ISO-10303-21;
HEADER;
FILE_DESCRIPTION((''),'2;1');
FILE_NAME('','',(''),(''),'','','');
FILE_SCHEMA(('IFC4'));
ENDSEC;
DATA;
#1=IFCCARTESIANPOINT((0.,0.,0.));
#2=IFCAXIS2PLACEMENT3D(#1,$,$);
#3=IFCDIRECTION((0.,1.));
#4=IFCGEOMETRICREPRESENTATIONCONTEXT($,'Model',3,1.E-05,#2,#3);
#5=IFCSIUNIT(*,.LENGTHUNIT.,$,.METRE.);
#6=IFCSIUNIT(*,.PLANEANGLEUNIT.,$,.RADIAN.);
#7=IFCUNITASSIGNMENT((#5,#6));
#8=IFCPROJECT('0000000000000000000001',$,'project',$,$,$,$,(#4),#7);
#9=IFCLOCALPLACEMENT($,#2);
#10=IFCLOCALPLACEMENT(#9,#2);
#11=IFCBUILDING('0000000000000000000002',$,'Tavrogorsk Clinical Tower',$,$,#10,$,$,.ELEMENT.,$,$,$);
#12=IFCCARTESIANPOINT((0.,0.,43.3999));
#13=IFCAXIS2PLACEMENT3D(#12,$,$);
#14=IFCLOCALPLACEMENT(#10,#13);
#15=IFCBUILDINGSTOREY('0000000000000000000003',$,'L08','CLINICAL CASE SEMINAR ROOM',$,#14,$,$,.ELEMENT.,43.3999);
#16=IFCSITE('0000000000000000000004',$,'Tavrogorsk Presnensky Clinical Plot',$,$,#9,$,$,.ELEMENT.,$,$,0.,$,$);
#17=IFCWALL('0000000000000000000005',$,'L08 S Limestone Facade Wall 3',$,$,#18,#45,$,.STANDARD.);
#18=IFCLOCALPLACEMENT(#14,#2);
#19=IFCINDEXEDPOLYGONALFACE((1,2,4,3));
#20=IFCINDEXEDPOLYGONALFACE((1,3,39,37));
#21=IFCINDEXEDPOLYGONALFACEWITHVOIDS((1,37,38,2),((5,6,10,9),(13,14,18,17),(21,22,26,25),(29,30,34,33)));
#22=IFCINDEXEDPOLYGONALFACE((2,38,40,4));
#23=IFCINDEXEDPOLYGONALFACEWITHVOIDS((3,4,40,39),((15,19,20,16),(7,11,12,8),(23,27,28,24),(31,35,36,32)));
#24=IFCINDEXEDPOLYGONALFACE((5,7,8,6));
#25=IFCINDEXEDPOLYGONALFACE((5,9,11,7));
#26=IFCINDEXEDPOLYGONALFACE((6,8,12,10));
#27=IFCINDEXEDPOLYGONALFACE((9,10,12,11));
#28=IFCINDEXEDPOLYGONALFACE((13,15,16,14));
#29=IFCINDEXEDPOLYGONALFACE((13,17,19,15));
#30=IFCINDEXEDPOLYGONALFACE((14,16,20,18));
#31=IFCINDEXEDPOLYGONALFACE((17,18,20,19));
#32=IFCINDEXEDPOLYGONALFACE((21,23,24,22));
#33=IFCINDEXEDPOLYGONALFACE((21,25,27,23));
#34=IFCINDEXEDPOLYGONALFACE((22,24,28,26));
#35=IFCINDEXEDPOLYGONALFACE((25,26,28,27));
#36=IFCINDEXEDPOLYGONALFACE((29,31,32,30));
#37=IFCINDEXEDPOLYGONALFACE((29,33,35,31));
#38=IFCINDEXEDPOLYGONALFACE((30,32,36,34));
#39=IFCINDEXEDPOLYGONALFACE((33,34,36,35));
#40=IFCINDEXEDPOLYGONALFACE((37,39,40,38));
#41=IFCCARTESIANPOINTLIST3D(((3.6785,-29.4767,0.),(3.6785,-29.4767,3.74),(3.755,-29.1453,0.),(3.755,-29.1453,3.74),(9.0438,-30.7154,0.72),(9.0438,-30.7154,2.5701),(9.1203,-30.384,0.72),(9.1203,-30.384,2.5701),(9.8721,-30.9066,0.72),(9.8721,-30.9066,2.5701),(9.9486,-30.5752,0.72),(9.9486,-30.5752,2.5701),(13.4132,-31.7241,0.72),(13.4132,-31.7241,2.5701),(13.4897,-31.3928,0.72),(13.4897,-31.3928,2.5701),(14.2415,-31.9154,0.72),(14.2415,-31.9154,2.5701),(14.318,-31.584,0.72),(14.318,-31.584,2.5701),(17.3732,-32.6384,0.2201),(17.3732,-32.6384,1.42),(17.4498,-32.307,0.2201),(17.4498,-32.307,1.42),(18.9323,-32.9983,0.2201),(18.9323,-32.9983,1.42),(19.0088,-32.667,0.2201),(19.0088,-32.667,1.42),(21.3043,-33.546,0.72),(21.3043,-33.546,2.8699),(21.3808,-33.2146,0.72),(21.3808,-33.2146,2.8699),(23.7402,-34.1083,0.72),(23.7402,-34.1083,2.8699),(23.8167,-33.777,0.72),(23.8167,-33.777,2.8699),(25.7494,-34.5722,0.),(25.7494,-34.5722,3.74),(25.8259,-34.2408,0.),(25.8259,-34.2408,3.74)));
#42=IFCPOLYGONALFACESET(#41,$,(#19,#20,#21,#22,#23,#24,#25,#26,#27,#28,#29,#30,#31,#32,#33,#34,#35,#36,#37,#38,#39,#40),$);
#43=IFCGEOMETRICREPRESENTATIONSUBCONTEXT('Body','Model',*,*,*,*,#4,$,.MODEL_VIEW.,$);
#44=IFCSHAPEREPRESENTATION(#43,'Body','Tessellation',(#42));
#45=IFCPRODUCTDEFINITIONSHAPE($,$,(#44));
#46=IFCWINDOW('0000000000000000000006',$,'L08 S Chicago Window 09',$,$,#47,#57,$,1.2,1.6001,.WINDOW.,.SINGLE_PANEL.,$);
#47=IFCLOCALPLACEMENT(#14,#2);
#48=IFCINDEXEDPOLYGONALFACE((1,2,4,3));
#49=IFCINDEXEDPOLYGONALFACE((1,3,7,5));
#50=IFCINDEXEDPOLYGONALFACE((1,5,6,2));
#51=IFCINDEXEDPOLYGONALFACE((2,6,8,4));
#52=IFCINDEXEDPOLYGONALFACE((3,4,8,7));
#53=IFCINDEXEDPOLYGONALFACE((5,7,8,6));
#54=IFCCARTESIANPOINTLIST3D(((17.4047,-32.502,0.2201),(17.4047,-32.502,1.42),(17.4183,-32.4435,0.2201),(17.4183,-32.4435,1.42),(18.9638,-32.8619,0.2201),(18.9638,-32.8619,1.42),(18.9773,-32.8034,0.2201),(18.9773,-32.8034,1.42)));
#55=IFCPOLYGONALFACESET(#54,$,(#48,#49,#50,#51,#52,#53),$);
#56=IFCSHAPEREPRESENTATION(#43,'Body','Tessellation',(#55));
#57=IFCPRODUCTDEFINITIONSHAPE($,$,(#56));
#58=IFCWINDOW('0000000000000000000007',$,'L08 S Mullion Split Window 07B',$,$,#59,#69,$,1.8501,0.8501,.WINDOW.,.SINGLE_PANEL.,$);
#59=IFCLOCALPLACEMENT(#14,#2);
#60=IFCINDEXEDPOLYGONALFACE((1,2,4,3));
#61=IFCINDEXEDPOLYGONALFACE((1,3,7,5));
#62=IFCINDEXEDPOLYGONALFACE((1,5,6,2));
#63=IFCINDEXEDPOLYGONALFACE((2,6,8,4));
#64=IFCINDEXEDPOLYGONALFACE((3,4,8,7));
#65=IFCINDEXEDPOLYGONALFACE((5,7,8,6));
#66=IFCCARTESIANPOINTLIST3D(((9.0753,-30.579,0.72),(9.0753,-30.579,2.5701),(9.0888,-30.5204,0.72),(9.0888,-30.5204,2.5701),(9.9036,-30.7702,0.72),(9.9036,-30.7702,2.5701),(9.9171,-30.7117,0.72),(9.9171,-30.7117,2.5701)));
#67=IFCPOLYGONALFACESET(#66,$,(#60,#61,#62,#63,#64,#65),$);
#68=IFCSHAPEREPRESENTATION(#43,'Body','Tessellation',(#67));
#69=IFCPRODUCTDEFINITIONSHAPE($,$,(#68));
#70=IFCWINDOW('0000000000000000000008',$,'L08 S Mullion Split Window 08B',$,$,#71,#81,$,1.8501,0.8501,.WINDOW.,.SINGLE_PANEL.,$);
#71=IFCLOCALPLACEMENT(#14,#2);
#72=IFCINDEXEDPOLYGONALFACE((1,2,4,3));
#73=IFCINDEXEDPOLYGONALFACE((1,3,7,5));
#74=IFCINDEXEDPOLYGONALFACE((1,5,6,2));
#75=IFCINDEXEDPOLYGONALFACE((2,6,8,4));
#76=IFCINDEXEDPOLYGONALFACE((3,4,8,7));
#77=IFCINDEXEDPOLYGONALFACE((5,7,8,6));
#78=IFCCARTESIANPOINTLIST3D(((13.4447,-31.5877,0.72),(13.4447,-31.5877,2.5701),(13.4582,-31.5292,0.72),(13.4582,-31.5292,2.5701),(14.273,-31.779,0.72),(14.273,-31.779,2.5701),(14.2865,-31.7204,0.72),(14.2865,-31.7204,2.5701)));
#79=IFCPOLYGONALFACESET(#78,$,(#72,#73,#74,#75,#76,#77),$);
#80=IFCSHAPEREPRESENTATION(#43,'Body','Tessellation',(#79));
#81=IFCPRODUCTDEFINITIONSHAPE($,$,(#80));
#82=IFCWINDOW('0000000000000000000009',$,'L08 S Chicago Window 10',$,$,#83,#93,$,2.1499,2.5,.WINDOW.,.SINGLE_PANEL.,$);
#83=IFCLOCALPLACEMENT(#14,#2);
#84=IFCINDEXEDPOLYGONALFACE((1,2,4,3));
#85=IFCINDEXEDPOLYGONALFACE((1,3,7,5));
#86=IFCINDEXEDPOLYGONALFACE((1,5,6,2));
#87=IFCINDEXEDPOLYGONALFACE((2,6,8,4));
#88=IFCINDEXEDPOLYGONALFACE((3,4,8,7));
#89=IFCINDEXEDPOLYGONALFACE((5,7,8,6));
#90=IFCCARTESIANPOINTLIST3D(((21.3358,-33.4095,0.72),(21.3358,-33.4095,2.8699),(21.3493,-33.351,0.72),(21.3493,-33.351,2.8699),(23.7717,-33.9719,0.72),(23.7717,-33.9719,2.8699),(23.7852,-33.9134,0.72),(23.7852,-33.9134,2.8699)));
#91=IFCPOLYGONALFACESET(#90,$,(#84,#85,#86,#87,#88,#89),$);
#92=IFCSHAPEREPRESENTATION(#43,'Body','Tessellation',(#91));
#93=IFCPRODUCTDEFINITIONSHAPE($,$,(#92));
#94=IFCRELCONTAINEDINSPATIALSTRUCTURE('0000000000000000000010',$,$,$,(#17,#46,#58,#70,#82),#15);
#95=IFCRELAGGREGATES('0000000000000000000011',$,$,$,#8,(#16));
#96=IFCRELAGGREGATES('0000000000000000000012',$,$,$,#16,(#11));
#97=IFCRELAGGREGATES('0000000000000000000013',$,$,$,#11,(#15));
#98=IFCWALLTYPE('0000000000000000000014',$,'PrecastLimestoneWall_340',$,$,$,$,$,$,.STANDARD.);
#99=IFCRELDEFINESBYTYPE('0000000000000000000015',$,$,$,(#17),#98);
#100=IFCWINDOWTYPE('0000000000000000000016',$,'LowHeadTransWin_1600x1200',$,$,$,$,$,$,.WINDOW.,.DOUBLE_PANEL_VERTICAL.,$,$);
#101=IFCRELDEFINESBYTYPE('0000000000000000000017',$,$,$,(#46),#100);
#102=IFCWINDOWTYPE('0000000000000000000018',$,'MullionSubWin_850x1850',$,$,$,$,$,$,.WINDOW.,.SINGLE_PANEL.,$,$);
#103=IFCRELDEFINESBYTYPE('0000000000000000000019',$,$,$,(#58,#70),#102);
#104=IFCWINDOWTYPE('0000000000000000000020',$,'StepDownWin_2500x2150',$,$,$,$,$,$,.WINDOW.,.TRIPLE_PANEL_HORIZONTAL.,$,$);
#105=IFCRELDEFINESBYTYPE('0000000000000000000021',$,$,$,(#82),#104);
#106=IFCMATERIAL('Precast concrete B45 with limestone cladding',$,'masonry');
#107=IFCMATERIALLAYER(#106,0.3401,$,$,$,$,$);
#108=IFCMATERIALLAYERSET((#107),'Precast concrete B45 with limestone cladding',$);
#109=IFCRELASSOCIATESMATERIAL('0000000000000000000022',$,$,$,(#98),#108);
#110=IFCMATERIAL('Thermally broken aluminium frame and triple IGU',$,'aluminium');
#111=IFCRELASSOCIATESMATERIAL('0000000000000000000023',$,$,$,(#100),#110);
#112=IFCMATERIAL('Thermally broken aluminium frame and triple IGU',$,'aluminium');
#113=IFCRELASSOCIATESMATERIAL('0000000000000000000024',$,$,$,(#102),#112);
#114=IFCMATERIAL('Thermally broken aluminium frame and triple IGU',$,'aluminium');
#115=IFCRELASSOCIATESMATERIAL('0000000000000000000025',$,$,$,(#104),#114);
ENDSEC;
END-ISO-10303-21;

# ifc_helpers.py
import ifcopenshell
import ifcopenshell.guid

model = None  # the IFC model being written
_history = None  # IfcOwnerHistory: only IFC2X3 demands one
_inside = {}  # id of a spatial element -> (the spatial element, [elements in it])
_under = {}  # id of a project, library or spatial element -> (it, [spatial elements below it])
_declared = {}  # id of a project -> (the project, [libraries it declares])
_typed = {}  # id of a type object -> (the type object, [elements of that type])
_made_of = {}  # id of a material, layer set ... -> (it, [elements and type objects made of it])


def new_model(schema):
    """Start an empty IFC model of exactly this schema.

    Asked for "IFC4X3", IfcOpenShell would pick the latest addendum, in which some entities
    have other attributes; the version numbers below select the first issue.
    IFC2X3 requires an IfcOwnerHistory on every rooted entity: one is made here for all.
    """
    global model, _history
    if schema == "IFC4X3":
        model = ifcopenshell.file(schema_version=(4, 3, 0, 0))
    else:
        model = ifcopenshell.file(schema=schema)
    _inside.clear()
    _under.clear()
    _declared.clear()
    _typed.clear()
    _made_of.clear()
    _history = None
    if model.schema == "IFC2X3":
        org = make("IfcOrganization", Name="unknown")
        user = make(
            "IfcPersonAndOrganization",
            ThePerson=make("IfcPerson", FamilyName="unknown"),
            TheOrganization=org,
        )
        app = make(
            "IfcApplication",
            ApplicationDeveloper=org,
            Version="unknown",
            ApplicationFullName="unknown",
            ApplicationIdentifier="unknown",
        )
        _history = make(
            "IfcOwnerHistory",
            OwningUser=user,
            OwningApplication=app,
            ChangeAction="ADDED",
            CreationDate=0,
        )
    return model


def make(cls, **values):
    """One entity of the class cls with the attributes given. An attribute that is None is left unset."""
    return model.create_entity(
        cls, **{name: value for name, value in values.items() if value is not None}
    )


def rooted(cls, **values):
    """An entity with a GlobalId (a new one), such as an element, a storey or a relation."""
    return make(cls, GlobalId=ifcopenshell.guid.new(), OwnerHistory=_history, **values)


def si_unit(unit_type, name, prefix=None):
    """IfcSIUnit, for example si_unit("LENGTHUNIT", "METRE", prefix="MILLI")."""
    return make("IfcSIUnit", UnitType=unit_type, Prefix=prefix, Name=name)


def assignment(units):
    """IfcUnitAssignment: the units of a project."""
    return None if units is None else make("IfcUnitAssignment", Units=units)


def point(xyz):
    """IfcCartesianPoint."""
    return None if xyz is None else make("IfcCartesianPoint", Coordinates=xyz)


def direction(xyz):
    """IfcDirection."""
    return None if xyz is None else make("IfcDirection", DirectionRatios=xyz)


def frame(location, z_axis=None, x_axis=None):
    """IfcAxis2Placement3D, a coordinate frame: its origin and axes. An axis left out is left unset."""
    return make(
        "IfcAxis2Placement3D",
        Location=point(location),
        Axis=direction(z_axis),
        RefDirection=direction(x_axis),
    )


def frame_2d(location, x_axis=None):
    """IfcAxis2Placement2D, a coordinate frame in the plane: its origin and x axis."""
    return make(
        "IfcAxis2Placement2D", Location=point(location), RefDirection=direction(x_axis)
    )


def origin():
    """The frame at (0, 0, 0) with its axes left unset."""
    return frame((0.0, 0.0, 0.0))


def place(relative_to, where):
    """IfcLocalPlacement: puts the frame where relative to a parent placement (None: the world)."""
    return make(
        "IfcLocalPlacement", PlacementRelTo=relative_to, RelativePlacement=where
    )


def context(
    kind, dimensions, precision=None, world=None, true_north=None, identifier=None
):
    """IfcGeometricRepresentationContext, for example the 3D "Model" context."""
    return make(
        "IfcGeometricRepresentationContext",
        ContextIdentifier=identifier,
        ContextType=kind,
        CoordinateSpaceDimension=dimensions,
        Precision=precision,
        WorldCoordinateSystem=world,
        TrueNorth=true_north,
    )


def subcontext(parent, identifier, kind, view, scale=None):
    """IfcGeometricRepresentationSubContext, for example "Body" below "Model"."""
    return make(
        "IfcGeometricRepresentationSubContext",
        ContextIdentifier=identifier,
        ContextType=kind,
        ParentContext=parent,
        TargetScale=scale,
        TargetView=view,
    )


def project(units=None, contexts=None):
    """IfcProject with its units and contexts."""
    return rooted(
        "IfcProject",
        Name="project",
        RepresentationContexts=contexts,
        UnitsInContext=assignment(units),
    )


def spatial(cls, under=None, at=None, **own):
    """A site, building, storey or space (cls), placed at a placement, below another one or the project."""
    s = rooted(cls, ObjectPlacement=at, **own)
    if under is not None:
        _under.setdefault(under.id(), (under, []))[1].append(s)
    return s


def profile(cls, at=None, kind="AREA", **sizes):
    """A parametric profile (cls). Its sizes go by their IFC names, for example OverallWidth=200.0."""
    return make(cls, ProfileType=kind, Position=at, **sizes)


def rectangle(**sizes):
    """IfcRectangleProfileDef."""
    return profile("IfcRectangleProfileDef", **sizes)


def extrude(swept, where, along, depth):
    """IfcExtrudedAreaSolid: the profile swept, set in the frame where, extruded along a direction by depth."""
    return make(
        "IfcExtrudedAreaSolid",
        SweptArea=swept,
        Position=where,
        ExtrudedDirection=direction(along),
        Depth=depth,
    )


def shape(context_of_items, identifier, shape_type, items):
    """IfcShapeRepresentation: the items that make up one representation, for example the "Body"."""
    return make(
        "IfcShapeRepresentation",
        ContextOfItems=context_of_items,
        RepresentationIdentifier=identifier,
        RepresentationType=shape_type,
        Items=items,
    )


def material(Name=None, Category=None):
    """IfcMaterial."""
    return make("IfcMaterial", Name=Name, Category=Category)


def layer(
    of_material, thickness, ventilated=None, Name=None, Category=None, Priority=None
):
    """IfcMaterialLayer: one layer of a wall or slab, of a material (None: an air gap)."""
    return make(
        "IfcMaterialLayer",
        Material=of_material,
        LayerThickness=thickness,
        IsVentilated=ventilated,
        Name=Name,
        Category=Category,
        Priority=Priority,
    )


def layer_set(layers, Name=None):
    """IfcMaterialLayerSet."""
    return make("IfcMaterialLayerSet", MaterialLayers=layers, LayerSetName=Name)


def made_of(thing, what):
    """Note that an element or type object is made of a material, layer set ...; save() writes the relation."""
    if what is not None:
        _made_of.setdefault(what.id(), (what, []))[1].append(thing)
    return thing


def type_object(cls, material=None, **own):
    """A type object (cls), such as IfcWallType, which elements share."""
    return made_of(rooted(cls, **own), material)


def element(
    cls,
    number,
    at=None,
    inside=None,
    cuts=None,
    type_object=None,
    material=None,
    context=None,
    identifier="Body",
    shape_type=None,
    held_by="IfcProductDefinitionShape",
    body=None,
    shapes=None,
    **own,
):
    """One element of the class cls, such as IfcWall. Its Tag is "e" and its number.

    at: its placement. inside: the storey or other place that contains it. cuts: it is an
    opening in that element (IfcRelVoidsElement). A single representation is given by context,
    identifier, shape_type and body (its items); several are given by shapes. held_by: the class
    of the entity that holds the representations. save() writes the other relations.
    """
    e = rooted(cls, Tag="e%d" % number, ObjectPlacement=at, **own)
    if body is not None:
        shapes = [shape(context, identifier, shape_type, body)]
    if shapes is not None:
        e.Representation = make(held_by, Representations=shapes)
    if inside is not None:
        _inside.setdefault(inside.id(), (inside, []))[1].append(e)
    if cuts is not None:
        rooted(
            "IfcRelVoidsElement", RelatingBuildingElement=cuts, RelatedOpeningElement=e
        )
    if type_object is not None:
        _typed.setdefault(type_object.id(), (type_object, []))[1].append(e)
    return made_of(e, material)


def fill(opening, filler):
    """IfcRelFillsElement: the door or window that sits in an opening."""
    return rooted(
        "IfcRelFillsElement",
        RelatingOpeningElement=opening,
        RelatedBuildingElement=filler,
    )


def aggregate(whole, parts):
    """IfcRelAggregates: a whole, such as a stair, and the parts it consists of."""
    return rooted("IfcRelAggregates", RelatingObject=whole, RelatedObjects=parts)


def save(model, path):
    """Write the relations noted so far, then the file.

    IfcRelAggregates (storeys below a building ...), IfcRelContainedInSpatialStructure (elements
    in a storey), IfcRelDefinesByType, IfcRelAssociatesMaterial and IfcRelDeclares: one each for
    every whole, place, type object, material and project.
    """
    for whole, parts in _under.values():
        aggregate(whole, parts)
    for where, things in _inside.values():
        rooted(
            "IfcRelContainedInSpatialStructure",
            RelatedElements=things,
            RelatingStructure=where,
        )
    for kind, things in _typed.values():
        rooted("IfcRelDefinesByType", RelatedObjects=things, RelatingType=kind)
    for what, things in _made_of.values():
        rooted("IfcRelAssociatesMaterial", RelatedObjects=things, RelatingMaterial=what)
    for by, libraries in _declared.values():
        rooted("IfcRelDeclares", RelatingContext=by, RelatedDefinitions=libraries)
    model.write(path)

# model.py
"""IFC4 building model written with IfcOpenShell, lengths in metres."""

from ifc_helpers import new_model, si_unit, direction, frame, frame_2d, origin, place, context, subcontext, project, spatial, rectangle, extrude, material, layer, layer_set, type_object, element, fill, save


model = new_model("IFC4")

# Units and contexts
model_context = context("Model", 3, precision=1e-05, world=origin(), true_north=direction((0.0, 1.0)))
body_context = subcontext(model_context, "Body", "Model", "MODEL_VIEW")
ifc_project = project(units=[si_unit("LENGTHUNIT", "METRE"), si_unit("PLANEANGLEUNIT", "RADIAN")], contexts=[model_context])

# Site, building, storey
site_placement = place(None, origin())
site = spatial("IfcSite", under=ifc_project, at=site_placement, Name="Tavrogorsk Presnensky Clinical Plot", CompositionType="ELEMENT", RefElevation=0.0)
building_placement = place(site_placement, origin())
building = spatial("IfcBuilding", under=site, at=building_placement, Name="Tavrogorsk Clinical Tower", CompositionType="ELEMENT")
storey_placement = place(building_placement, frame((0.0, 0.0, 43.3999)))
storey = spatial("IfcBuildingStorey", under=building, at=storey_placement, Name="L08", Description="CLINICAL CASE SEMINAR ROOM", CompositionType="ELEMENT", Elevation=43.3999)

# Wall, openings, windows
ifc_material_1 = material(Name="Precast concrete B45 with limestone cladding", Category="masonry")
ifc_layer_1 = layer(ifc_material_1, 0.3401)
ifc_layer_set_1 = layer_set([ifc_layer_1], Name="Precast concrete B45 with limestone cladding")
wall_type_1 = type_object("IfcWallType", Name="PrecastLimestoneWall_340", PredefinedType="STANDARD", material=ifc_layer_set_1)
wall_1_placement = place(storey_placement, frame((3.7168, -29.311, 0.0), z_axis=(0.0, 0.0, 1.0), x_axis=(0.97437, -0.224952, 0.0)))
wall_1 = element("IfcWall", 1, at=wall_1_placement, inside=storey, type_object=wall_type_1, Name="L08 S Limestone Facade Wall 3", PredefinedType="STANDARD", context=body_context, shape_type="SweptSolid", body=[
    extrude(rectangle(XDim=22.6514, YDim=0.3401, at=frame_2d((11.3257, 0.0))), origin(), (0.0, 0.0, 1.0), 3.74),
])
opening_1_placement = place(wall_1_placement, frame((5.5063, 0.0, 0.72)))
opening_1 = element("IfcOpeningElement", 2, at=opening_1_placement, cuts=wall_1, PredefinedType="OPENING", context=body_context, shape_type="SweptSolid", body=[
    extrude(rectangle(XDim=0.8501, YDim=1.8501, at=frame_2d((0.425, 0.925))), frame((0.0, 0.1799, 0.0), z_axis=(0.0, -1.0, 0.0), x_axis=(1.0, 0.0, 0.0)), (0.0, 0.0, 1.0), 0.3601),
])
opening_2_placement = place(wall_1_placement, frame((9.9907, 0.0, 0.72)))
opening_2 = element("IfcOpeningElement", 3, at=opening_2_placement, cuts=wall_1, PredefinedType="OPENING", context=body_context, shape_type="SweptSolid", body=[
    extrude(rectangle(XDim=0.8501, YDim=1.8501, at=frame_2d((0.425, 0.925))), frame((0.0, 0.1799, 0.0), z_axis=(0.0, -1.0, 0.0), x_axis=(1.0, 0.0, 0.0)), (0.0, 0.0, 1.0), 0.3601),
])
opening_3_placement = place(wall_1_placement, frame((14.0549, 0.0, 0.22)))
opening_3 = element("IfcOpeningElement", 4, at=opening_3_placement, cuts=wall_1, PredefinedType="OPENING", context=body_context, shape_type="SweptSolid", body=[
    extrude(rectangle(XDim=1.6001, YDim=1.2, at=frame_2d((0.8, 0.6001))), frame((0.0, 0.1799, 0.0), z_axis=(0.0, -1.0, 0.0), x_axis=(1.0, 0.0, 0.0)), (0.0, 0.0, 1.0), 0.3601),
])
opening_4_placement = place(wall_1_placement, frame((18.0894, 0.0, 0.72)))
opening_4 = element("IfcOpeningElement", 5, at=opening_4_placement, cuts=wall_1, PredefinedType="OPENING", context=body_context, shape_type="SweptSolid", body=[
    extrude(rectangle(XDim=2.5, YDim=2.1499, at=frame_2d((1.25, 1.075))), frame((0.0, 0.1799, 0.0), z_axis=(0.0, -1.0, 0.0), x_axis=(1.0, 0.0, 0.0)), (0.0, 0.0, 1.0), 0.3601),
])
ifc_material_2 = material(Name="Thermally broken aluminium frame and triple IGU", Category="aluminium")
window_type_1 = type_object("IfcWindowType", Name="LowHeadTransWin_1600x1200", PartitioningType="DOUBLE_PANEL_VERTICAL", PredefinedType="WINDOW", material=ifc_material_2)
window_1_placement = place(opening_3_placement, origin())
window_1 = element("IfcWindow", 6, at=window_1_placement, inside=storey, type_object=window_type_1, Name="L08 S Chicago Window 09", OverallHeight=1.2, OverallWidth=1.6001, PartitioningType="SINGLE_PANEL", PredefinedType="WINDOW", context=body_context, shape_type="SweptSolid", body=[
    extrude(rectangle(XDim=1.6001, YDim=1.2, at=frame_2d((0.8, 0.6001))), frame((0.0, 0.03, 0.0), z_axis=(0.0, -1.0, 0.0), x_axis=(1.0, 0.0, 0.0)), (0.0, 0.0, 1.0), 0.0601),
])
fill(opening_3, window_1)
ifc_material_3 = material(Name="Thermally broken aluminium frame and triple IGU", Category="aluminium")
window_type_2 = type_object("IfcWindowType", Name="MullionSubWin_850x1850", PartitioningType="SINGLE_PANEL", PredefinedType="WINDOW", material=ifc_material_3)
window_2_placement = place(opening_1_placement, origin())
window_2 = element("IfcWindow", 7, at=window_2_placement, inside=storey, type_object=window_type_2, Name="L08 S Mullion Split Window 07B", OverallHeight=1.8501, OverallWidth=0.8501, PartitioningType="SINGLE_PANEL", PredefinedType="WINDOW", context=body_context, shape_type="SweptSolid", body=[
    extrude(rectangle(XDim=0.8501, YDim=1.8501, at=frame_2d((0.425, 0.925))), frame((0.0, 0.03, 0.0), z_axis=(0.0, -1.0, 0.0), x_axis=(1.0, 0.0, 0.0)), (0.0, 0.0, 1.0), 0.0601),
])
fill(opening_1, window_2)
window_3_placement = place(opening_2_placement, origin())
window_3 = element("IfcWindow", 8, at=window_3_placement, inside=storey, type_object=window_type_2, Name="L08 S Mullion Split Window 08B", OverallHeight=1.8501, OverallWidth=0.8501, PartitioningType="SINGLE_PANEL", PredefinedType="WINDOW", context=body_context, shape_type="SweptSolid", body=[
    extrude(rectangle(XDim=0.8501, YDim=1.8501, at=frame_2d((0.425, 0.925))), frame((0.0, 0.03, 0.0), z_axis=(0.0, -1.0, 0.0), x_axis=(1.0, 0.0, 0.0)), (0.0, 0.0, 1.0), 0.0601),
])
fill(opening_2, window_3)
ifc_material_4 = material(Name="Thermally broken aluminium frame and triple IGU", Category="aluminium")
window_type_3 = type_object("IfcWindowType", Name="StepDownWin_2500x2150", PartitioningType="TRIPLE_PANEL_HORIZONTAL", PredefinedType="WINDOW", material=ifc_material_4)
window_4_placement = place(opening_4_placement, origin())
window_4 = element("IfcWindow", 9, at=window_4_placement, inside=storey, type_object=window_type_3, Name="L08 S Chicago Window 10", OverallHeight=2.1499, OverallWidth=2.5, PartitioningType="SINGLE_PANEL", PredefinedType="WINDOW", context=body_context, shape_type="SweptSolid", body=[
    extrude(rectangle(XDim=2.5, YDim=2.1499, at=frame_2d((1.25, 1.075))), frame((0.0, 0.03, 0.0), z_axis=(0.0, -1.0, 0.0), x_axis=(1.0, 0.0, 0.0)), (0.0, 0.0, 1.0), 0.0601),
])
fill(opening_4, window_4)

save(model, "model.ifc")
